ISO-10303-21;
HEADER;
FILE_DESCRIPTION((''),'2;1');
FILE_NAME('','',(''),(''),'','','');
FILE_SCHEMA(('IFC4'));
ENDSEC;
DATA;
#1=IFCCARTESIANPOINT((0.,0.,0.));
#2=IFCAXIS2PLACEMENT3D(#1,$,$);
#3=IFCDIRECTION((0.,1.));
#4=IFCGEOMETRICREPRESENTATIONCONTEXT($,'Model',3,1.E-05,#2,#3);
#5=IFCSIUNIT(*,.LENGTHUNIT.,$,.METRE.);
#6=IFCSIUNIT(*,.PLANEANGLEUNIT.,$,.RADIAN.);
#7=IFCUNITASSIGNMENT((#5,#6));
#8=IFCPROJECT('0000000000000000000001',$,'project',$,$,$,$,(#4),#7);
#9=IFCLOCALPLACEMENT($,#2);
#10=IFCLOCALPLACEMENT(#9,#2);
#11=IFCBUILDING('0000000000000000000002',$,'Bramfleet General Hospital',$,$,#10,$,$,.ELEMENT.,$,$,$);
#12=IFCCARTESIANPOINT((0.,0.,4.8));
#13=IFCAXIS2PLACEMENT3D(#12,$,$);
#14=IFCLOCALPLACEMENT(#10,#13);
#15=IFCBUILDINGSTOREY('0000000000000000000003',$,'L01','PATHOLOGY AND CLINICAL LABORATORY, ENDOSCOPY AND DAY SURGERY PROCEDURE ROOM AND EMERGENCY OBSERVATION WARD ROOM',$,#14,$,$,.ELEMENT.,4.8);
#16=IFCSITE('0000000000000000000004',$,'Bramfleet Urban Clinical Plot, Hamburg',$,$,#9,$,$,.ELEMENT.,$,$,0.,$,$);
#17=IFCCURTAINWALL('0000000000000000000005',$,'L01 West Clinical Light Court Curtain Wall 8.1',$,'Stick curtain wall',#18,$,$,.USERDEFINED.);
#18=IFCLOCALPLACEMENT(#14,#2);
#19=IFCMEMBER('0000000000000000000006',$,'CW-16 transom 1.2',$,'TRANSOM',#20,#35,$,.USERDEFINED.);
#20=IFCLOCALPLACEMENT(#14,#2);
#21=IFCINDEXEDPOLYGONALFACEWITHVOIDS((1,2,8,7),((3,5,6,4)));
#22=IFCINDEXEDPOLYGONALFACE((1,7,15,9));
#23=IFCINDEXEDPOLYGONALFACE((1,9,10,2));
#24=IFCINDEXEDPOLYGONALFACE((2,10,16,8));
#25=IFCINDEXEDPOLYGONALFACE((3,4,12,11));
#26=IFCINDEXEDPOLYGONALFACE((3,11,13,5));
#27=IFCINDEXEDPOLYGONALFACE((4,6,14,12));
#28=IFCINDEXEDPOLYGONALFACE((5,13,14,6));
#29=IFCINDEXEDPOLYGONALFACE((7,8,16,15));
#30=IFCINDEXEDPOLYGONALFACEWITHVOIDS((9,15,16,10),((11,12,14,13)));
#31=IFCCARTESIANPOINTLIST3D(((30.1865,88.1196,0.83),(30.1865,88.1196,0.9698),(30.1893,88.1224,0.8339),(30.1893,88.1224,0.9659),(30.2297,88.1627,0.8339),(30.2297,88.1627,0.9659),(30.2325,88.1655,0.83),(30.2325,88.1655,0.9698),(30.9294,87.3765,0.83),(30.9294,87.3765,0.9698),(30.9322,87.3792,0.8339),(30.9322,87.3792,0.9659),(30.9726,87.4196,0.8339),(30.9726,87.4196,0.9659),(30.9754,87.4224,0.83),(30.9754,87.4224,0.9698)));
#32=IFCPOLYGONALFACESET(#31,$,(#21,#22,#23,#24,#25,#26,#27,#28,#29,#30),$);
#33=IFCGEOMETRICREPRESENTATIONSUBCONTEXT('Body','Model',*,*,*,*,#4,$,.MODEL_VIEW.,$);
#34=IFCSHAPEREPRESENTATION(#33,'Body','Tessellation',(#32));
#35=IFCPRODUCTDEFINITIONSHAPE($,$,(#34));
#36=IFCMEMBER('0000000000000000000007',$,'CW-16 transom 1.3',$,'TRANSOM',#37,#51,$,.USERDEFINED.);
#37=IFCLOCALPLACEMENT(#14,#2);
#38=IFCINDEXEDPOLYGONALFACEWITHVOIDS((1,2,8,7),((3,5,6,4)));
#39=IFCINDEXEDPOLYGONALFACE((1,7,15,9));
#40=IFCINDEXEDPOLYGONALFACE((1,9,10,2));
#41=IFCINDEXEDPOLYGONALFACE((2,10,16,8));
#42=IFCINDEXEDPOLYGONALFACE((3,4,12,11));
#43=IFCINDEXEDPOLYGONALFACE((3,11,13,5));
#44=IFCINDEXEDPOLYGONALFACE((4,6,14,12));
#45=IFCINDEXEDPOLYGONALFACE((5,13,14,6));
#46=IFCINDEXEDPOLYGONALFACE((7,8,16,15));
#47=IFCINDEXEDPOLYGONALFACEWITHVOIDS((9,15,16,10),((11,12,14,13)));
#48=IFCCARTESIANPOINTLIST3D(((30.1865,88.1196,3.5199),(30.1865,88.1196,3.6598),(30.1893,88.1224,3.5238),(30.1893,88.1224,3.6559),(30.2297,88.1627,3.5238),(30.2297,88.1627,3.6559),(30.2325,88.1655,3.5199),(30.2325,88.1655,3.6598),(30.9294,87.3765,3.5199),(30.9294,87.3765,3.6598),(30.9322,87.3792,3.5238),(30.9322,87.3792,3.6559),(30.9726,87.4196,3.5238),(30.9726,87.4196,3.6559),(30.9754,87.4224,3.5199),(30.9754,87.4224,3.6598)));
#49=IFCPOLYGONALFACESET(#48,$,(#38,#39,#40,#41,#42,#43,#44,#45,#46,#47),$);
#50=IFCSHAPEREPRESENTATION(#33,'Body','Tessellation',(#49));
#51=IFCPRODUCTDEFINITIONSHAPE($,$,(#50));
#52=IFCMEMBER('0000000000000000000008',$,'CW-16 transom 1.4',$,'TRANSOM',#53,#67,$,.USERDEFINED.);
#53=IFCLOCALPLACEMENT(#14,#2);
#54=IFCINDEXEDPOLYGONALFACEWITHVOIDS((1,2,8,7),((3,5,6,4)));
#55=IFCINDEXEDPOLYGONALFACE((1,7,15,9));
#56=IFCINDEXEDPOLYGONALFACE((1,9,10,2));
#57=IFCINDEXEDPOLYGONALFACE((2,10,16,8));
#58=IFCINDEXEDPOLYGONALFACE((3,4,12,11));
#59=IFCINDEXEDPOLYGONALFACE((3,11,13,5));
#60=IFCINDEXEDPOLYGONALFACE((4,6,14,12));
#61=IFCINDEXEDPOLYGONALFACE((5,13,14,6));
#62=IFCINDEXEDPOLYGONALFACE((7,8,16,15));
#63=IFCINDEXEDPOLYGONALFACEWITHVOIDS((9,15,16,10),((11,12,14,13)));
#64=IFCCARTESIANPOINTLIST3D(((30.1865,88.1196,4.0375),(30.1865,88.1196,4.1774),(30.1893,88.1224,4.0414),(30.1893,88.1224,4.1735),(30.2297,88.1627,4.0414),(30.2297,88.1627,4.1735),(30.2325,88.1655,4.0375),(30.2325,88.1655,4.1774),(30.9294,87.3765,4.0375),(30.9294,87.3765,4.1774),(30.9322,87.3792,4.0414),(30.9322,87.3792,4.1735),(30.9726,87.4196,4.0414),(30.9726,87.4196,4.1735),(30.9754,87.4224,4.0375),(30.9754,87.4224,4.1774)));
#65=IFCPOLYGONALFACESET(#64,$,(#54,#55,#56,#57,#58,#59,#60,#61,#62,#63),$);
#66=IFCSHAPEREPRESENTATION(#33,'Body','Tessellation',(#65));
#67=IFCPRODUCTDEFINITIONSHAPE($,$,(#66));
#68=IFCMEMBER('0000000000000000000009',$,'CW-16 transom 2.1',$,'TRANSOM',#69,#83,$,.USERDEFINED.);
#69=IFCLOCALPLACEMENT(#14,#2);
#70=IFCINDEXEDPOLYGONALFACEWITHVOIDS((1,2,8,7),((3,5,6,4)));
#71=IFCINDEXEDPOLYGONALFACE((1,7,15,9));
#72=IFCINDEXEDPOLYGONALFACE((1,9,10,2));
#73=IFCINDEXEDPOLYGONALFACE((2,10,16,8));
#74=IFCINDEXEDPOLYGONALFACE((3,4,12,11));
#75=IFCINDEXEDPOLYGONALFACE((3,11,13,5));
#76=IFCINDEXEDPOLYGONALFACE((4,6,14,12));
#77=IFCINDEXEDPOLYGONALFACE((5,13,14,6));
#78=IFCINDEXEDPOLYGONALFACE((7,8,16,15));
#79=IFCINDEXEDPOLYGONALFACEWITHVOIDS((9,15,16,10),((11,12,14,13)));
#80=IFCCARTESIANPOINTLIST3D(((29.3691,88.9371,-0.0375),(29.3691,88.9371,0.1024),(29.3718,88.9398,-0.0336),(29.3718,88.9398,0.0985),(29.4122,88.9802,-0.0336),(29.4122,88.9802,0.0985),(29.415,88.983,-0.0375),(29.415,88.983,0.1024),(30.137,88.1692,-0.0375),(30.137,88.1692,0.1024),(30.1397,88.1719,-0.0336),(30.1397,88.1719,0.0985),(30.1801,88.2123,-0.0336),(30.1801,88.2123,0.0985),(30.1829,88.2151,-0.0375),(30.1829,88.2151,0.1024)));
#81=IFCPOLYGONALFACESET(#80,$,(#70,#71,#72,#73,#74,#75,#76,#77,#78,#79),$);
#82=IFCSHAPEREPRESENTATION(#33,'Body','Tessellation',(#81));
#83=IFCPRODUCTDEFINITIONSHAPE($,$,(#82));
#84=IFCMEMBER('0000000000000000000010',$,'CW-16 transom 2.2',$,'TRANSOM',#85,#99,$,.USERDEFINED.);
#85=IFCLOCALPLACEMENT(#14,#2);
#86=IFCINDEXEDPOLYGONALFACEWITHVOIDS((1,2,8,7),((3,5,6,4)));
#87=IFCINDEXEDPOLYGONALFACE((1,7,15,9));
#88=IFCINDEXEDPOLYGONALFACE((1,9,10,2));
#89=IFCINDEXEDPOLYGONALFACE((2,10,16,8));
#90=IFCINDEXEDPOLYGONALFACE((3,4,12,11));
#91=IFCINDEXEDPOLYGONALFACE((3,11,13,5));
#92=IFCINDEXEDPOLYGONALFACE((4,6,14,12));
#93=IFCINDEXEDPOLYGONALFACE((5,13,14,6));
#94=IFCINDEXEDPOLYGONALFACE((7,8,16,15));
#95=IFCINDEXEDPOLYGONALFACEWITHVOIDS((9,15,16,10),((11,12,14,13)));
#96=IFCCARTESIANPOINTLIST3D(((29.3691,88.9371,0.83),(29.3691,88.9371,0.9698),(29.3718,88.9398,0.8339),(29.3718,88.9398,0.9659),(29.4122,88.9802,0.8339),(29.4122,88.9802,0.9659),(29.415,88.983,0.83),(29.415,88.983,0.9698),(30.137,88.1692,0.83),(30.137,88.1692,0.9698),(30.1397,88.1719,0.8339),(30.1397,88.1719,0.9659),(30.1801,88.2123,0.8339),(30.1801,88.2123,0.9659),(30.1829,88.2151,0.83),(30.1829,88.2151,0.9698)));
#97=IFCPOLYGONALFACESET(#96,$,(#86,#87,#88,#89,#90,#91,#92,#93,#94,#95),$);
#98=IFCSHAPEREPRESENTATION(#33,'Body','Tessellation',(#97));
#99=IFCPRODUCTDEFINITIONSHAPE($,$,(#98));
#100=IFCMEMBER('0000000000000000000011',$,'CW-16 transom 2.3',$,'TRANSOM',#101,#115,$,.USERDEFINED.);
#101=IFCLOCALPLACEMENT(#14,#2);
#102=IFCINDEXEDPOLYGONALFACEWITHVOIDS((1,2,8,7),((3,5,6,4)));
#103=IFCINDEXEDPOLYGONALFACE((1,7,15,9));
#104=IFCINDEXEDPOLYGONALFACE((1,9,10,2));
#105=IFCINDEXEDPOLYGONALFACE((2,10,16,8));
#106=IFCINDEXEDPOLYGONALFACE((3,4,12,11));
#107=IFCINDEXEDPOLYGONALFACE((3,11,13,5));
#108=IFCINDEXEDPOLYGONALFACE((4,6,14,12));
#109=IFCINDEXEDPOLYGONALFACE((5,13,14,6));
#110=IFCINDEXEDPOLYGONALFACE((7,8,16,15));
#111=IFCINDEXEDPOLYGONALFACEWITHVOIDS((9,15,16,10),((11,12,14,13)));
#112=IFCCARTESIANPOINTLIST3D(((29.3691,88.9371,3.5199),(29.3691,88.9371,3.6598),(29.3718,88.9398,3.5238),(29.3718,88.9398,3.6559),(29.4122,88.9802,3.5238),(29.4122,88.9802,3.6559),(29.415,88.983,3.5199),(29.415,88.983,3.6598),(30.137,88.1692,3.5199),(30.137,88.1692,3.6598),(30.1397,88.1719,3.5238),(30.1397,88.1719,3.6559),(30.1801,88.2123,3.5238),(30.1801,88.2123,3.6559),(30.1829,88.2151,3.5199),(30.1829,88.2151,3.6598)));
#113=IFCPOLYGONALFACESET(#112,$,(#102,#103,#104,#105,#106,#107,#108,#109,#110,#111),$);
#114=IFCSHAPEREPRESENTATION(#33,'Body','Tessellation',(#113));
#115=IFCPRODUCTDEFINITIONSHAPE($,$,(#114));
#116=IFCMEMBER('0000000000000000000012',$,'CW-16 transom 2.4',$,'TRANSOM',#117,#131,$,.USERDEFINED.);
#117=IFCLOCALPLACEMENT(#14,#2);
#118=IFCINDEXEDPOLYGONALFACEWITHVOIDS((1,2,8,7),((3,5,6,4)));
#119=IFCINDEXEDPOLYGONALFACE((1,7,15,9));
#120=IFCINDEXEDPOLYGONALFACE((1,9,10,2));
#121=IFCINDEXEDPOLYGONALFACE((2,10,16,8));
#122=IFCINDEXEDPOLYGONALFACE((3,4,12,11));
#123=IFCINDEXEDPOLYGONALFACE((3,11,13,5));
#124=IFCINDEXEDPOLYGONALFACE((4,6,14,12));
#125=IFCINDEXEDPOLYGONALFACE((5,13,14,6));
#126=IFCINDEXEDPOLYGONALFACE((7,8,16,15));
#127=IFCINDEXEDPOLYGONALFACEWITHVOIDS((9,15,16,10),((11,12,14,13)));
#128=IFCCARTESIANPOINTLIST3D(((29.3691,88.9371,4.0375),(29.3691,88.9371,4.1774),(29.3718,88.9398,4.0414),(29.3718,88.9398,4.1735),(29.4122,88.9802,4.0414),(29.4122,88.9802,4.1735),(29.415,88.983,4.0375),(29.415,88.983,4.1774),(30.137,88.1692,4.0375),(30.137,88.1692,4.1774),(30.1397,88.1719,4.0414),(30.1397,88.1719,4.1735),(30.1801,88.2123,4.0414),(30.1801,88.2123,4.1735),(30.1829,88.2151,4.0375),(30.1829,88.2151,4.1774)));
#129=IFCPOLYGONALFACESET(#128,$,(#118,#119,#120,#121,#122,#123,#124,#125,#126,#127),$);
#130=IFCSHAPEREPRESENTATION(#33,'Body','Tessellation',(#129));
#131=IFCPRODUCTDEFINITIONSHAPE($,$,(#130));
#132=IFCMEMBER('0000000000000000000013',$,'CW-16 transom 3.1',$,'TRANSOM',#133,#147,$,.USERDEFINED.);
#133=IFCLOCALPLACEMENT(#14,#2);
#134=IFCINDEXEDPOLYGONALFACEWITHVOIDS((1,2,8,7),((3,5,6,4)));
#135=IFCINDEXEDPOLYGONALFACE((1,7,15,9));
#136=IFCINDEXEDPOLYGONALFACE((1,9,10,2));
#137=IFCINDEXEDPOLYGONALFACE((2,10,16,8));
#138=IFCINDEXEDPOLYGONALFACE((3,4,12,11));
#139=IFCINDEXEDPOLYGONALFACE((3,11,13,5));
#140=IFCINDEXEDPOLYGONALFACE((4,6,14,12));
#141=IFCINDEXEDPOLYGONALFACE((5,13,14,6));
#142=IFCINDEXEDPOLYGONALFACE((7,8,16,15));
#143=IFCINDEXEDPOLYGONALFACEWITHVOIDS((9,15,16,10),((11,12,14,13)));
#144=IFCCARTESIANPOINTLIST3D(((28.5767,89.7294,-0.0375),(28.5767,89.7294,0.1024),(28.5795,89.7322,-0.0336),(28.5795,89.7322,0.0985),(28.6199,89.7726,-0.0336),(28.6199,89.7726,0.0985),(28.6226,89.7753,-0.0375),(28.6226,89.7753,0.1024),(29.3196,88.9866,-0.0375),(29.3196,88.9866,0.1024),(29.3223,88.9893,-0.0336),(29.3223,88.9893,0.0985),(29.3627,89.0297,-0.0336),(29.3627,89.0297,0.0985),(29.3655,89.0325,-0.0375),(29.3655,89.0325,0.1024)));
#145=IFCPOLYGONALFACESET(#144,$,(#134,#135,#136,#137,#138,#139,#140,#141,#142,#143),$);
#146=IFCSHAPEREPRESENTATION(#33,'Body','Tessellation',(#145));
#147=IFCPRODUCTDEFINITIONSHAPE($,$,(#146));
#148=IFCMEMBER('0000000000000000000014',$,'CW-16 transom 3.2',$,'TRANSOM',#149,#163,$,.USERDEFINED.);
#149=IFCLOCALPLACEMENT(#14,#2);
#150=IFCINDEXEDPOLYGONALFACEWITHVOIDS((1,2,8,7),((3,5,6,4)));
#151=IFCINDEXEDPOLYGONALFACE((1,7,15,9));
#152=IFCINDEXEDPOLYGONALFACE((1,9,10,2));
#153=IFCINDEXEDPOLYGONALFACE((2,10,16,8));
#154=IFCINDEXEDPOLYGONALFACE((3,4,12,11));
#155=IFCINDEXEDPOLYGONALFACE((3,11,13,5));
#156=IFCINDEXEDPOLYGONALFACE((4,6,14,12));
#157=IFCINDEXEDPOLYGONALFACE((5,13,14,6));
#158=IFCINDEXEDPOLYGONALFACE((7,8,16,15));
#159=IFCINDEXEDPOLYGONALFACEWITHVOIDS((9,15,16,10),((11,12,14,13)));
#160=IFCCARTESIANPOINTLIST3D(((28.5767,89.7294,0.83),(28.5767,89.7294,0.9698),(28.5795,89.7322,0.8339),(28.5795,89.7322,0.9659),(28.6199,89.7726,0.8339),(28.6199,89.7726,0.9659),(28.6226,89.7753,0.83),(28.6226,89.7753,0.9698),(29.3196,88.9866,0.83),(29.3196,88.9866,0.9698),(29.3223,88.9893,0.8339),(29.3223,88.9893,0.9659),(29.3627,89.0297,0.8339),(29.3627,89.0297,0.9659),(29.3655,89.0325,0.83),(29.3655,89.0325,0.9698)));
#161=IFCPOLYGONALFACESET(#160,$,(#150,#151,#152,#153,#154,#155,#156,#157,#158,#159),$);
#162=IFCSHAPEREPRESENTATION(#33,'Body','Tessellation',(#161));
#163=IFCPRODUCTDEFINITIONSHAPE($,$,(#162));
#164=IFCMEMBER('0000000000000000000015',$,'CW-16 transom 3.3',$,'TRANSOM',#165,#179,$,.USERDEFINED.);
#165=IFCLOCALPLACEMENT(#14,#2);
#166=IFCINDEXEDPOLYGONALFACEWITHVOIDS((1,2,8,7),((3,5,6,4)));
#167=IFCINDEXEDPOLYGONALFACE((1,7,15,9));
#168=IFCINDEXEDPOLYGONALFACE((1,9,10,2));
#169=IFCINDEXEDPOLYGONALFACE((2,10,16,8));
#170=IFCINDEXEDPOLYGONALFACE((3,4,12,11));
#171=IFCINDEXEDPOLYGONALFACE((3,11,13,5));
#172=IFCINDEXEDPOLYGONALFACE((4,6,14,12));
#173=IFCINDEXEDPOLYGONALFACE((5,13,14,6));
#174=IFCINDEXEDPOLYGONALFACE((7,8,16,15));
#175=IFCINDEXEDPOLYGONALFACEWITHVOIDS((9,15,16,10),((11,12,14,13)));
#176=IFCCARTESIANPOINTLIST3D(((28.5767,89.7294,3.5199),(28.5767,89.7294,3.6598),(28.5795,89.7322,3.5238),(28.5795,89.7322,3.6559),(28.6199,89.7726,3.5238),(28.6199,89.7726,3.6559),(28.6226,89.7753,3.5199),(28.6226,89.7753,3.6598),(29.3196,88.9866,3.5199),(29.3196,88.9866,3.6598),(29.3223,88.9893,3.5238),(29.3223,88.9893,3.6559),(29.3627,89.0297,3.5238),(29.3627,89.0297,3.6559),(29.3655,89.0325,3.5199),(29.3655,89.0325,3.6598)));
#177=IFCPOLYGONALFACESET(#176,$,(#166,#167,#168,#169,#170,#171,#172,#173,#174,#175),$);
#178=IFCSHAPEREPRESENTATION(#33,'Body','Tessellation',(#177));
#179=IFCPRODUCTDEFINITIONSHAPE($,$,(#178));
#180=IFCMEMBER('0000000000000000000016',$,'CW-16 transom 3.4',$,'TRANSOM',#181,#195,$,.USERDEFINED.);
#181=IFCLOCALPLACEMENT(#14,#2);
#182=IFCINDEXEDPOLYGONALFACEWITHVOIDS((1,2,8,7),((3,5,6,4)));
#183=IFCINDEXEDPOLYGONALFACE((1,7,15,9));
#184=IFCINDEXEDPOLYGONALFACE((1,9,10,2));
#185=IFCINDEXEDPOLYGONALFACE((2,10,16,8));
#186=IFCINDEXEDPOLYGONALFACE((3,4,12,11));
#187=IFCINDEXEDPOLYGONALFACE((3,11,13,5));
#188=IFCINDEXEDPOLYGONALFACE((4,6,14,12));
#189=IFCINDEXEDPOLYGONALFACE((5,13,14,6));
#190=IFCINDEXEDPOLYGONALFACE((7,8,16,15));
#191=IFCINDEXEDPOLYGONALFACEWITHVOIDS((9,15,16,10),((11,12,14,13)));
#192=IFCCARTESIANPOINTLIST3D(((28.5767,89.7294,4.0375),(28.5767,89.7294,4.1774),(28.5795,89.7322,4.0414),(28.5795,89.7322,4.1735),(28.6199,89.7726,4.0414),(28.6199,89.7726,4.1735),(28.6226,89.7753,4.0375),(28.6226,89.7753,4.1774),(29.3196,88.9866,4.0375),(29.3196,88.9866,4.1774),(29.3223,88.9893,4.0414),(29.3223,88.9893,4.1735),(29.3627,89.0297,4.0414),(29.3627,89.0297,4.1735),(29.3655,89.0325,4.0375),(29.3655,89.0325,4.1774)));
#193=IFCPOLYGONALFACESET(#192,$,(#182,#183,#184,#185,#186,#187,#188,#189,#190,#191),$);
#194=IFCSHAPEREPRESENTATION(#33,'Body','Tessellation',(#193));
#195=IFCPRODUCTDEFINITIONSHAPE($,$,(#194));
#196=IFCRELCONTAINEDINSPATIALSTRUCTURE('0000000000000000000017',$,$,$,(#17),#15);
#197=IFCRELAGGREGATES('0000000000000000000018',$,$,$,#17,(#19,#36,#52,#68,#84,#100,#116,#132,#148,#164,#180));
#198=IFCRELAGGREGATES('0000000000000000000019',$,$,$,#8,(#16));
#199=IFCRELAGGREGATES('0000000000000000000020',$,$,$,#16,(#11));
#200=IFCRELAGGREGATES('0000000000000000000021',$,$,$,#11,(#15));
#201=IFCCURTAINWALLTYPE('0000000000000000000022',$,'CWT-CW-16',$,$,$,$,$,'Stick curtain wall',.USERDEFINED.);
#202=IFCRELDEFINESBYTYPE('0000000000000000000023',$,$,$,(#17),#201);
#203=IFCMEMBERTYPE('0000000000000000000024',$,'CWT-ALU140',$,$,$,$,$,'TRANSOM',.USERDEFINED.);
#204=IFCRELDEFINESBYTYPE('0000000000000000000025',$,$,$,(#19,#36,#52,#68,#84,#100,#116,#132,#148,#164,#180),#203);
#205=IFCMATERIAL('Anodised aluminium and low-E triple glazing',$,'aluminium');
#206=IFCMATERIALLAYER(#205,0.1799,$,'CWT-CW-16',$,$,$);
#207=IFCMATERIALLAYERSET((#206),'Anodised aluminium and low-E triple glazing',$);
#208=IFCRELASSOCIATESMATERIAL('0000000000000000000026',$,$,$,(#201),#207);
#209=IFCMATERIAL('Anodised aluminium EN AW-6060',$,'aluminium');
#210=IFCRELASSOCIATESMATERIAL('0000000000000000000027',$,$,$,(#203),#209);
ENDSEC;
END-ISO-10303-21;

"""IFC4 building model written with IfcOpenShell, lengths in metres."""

from ifc_helpers import new_model, si_unit, direction, frame, origin, origin_2d, place, context, subcontext, project, spatial, hollow_rectangle, extrude, material, layer, layer_set, material_profile, profile_set, type_object, element, aggregate, save


model = new_model("IFC4")

# Units and contexts
model_context = context("Model", 3, precision=1e-05, world=origin(), true_north=direction((0.0, 1.0)))
body_context = subcontext(model_context, "Body", "Model", "MODEL_VIEW")
ifc_project = project(units=[si_unit("LENGTHUNIT", "METRE"), si_unit("PLANEANGLEUNIT", "RADIAN")], contexts=[model_context])

# Site, building, storey
site_placement = place(None, origin())
site = spatial("IfcSite", under=ifc_project, at=site_placement, Name="Bramfleet Urban Clinical Plot, Hamburg", CompositionType="ELEMENT", RefElevation=0.0)
building_placement = place(site_placement, origin())
building = spatial("IfcBuilding", under=site, at=building_placement, Name="Bramfleet General Hospital", CompositionType="ELEMENT")
storey_placement = place(building_placement, frame((0.0, 0.0, 4.8)))
storey = spatial("IfcBuildingStorey", under=building, at=storey_placement, Name="L01", Description="PATHOLOGY AND CLINICAL LABORATORY, ENDOSCOPY AND DAY SURGERY PROCEDURE ROOM AND EMERGENCY OBSERVATION WARD ROOM", CompositionType="ELEMENT", Elevation=4.8)

# Curtain wall
ifc_material_1 = material(Name="Anodised aluminium and low-E triple glazing", Category="aluminium")
ifc_material_2 = material(Name="Anodised aluminium EN AW-6060", Category="aluminium")
ifc_layer_1 = layer(ifc_material_1, 0.1799, Name="CWT-CW-16")
ifc_layer_set_1 = layer_set([ifc_layer_1], Name="Anodised aluminium and low-E triple glazing")
curtain_wall_type_1 = type_object("IfcCurtainWallType", Name="CWT-CW-16", ElementType="Stick curtain wall", PredefinedType="USERDEFINED", material=ifc_layer_set_1)
curtain_wall_1_placement = place(storey_placement, origin())
curtain_wall_1 = element("IfcCurtainWall", 1, at=curtain_wall_1_placement, inside=storey, type_object=curtain_wall_type_1, Name="L01 West Clinical Light Court Curtain Wall 8.1", ObjectType="Stick curtain wall", PredefinedType="USERDEFINED")

# Members
ifc_material_profile_1 = material_profile(ifc_material_2, hollow_rectangle(XDim=0.0649, YDim=0.1399, WallThickness=0.0039, at=origin_2d()), Name="ALU 140x65x4.0")
ifc_profile_set_1 = profile_set([ifc_material_profile_1], Name="Anodised aluminium EN AW-6060")
member_type_1 = type_object("IfcMemberType", Name="CWT-ALU140", ElementType="TRANSOM", PredefinedType="USERDEFINED", material=ifc_profile_set_1)
member_1_placement = place(storey_placement, frame((30.9524, 87.3994, 0.8999), z_axis=(-0.706991, 0.707223, 0.0), x_axis=(-0.707223, -0.706991, 0.0)))
member_1 = element("IfcMember", 2, at=member_1_placement, type_object=member_type_1, Name="CW-16 transom 1.2", ObjectType="TRANSOM", PredefinedType="USERDEFINED", context=body_context, shape_type="SweptSolid", body=[
    extrude(hollow_rectangle(XDim=0.0649, YDim=0.1399, WallThickness=0.0039, at=origin_2d()), origin(), (0.0, 0.0, 1.0), 1.0508),
])
member_2_placement = place(storey_placement, frame((30.9524, 87.3994, 3.5898), z_axis=(-0.706991, 0.707223, 0.0), x_axis=(-0.707223, -0.706991, 0.0)))
member_2 = element("IfcMember", 3, at=member_2_placement, type_object=member_type_1, Name="CW-16 transom 1.3", ObjectType="TRANSOM", PredefinedType="USERDEFINED", context=body_context, shape_type="SweptSolid", body=[
    extrude(hollow_rectangle(XDim=0.0649, YDim=0.1399, WallThickness=0.0039, at=origin_2d()), origin(), (0.0, 0.0, 1.0), 1.0508),
])
member_3_placement = place(storey_placement, frame((30.9524, 87.3994, 4.1074), z_axis=(-0.706991, 0.707223, 0.0), x_axis=(-0.707223, -0.706991, 0.0)))
member_3 = element("IfcMember", 4, at=member_3_placement, type_object=member_type_1, Name="CW-16 transom 1.4", ObjectType="TRANSOM", PredefinedType="USERDEFINED", context=body_context, shape_type="SweptSolid", body=[
    extrude(hollow_rectangle(XDim=0.0649, YDim=0.1399, WallThickness=0.0039, at=origin_2d()), origin(), (0.0, 0.0, 1.0), 1.0508),
])
member_4_placement = place(storey_placement, frame((30.1599, 88.1921, 0.0325), z_axis=(-0.707107, 0.707107, 0.0), x_axis=(-0.707107, -0.707107, 0.0)))
member_4 = element("IfcMember", 5, at=member_4_placement, type_object=member_type_1, Name="CW-16 transom 2.1", ObjectType="TRANSOM", PredefinedType="USERDEFINED", context=body_context, shape_type="SweptSolid", body=[
    extrude(hollow_rectangle(XDim=0.0649, YDim=0.1399, WallThickness=0.0039, at=origin_2d()), origin(), (0.0, 0.0, 1.0), 1.0859),
])
member_5_placement = place(storey_placement, frame((30.1599, 88.1921, 0.8999), z_axis=(-0.707107, 0.707107, 0.0), x_axis=(-0.707107, -0.707107, 0.0)))
member_5 = element("IfcMember", 6, at=member_5_placement, type_object=member_type_1, Name="CW-16 transom 2.2", ObjectType="TRANSOM", PredefinedType="USERDEFINED", context=body_context, shape_type="SweptSolid", body=[
    extrude(hollow_rectangle(XDim=0.0649, YDim=0.1399, WallThickness=0.0039, at=origin_2d()), origin(), (0.0, 0.0, 1.0), 1.0859),
])
member_6_placement = place(storey_placement, frame((30.1599, 88.1921, 3.5898), z_axis=(-0.707107, 0.707107, 0.0), x_axis=(-0.707107, -0.707107, 0.0)))
member_6 = element("IfcMember", 7, at=member_6_placement, type_object=member_type_1, Name="CW-16 transom 2.3", ObjectType="TRANSOM", PredefinedType="USERDEFINED", context=body_context, shape_type="SweptSolid", body=[
    extrude(hollow_rectangle(XDim=0.0649, YDim=0.1399, WallThickness=0.0039, at=origin_2d()), origin(), (0.0, 0.0, 1.0), 1.0859),
])
member_7_placement = place(storey_placement, frame((30.1599, 88.1921, 4.1074), z_axis=(-0.707107, 0.707107, 0.0), x_axis=(-0.707107, -0.707107, 0.0)))
member_7 = element("IfcMember", 8, at=member_7_placement, type_object=member_type_1, Name="CW-16 transom 2.4", ObjectType="TRANSOM", PredefinedType="USERDEFINED", context=body_context, shape_type="SweptSolid", body=[
    extrude(hollow_rectangle(XDim=0.0649, YDim=0.1399, WallThickness=0.0039, at=origin_2d()), origin(), (0.0, 0.0, 1.0), 1.0859),
])
member_8_placement = place(storey_placement, frame((29.3425, 89.0095, 0.0325), z_axis=(-0.707107, 0.707107, 0.0), x_axis=(-0.707107, -0.707107, 0.0)))
member_8 = element("IfcMember", 9, at=member_8_placement, type_object=member_type_1, Name="CW-16 transom 3.1", ObjectType="TRANSOM", PredefinedType="USERDEFINED", context=body_context, shape_type="SweptSolid", body=[
    extrude(hollow_rectangle(XDim=0.0649, YDim=0.1399, WallThickness=0.0039, at=origin_2d()), origin(), (0.0, 0.0, 1.0), 1.0505),
])
member_9_placement = place(storey_placement, frame((29.3425, 89.0095, 0.8999), z_axis=(-0.707107, 0.707107, 0.0), x_axis=(-0.707107, -0.707107, 0.0)))
member_9 = element("IfcMember", 10, at=member_9_placement, type_object=member_type_1, Name="CW-16 transom 3.2", ObjectType="TRANSOM", PredefinedType="USERDEFINED", context=body_context, shape_type="SweptSolid", body=[
    extrude(hollow_rectangle(XDim=0.0649, YDim=0.1399, WallThickness=0.0039, at=origin_2d()), origin(), (0.0, 0.0, 1.0), 1.0505),
])
member_10_placement = place(storey_placement, frame((29.3425, 89.0095, 3.5898), z_axis=(-0.707107, 0.707107, 0.0), x_axis=(-0.707107, -0.707107, 0.0)))
member_10 = element("IfcMember", 11, at=member_10_placement, type_object=member_type_1, Name="CW-16 transom 3.3", ObjectType="TRANSOM", PredefinedType="USERDEFINED", context=body_context, shape_type="SweptSolid", body=[
    extrude(hollow_rectangle(XDim=0.0649, YDim=0.1399, WallThickness=0.0039, at=origin_2d()), origin(), (0.0, 0.0, 1.0), 1.0505),
])
member_11_placement = place(storey_placement, frame((29.3425, 89.0095, 4.1074), z_axis=(-0.707107, 0.707107, 0.0), x_axis=(-0.707107, -0.707107, 0.0)))
member_11 = element("IfcMember", 12, at=member_11_placement, type_object=member_type_1, Name="CW-16 transom 3.4", ObjectType="TRANSOM", PredefinedType="USERDEFINED", context=body_context, shape_type="SweptSolid", body=[
    extrude(hollow_rectangle(XDim=0.0649, YDim=0.1399, WallThickness=0.0039, at=origin_2d()), origin(), (0.0, 0.0, 1.0), 1.0505),
])

aggregate(curtain_wall_1, [member_1, member_2, member_3, member_4, member_5, member_6, member_7, member_8, member_9, member_10, member_11])

save(model, "model.ifc")
